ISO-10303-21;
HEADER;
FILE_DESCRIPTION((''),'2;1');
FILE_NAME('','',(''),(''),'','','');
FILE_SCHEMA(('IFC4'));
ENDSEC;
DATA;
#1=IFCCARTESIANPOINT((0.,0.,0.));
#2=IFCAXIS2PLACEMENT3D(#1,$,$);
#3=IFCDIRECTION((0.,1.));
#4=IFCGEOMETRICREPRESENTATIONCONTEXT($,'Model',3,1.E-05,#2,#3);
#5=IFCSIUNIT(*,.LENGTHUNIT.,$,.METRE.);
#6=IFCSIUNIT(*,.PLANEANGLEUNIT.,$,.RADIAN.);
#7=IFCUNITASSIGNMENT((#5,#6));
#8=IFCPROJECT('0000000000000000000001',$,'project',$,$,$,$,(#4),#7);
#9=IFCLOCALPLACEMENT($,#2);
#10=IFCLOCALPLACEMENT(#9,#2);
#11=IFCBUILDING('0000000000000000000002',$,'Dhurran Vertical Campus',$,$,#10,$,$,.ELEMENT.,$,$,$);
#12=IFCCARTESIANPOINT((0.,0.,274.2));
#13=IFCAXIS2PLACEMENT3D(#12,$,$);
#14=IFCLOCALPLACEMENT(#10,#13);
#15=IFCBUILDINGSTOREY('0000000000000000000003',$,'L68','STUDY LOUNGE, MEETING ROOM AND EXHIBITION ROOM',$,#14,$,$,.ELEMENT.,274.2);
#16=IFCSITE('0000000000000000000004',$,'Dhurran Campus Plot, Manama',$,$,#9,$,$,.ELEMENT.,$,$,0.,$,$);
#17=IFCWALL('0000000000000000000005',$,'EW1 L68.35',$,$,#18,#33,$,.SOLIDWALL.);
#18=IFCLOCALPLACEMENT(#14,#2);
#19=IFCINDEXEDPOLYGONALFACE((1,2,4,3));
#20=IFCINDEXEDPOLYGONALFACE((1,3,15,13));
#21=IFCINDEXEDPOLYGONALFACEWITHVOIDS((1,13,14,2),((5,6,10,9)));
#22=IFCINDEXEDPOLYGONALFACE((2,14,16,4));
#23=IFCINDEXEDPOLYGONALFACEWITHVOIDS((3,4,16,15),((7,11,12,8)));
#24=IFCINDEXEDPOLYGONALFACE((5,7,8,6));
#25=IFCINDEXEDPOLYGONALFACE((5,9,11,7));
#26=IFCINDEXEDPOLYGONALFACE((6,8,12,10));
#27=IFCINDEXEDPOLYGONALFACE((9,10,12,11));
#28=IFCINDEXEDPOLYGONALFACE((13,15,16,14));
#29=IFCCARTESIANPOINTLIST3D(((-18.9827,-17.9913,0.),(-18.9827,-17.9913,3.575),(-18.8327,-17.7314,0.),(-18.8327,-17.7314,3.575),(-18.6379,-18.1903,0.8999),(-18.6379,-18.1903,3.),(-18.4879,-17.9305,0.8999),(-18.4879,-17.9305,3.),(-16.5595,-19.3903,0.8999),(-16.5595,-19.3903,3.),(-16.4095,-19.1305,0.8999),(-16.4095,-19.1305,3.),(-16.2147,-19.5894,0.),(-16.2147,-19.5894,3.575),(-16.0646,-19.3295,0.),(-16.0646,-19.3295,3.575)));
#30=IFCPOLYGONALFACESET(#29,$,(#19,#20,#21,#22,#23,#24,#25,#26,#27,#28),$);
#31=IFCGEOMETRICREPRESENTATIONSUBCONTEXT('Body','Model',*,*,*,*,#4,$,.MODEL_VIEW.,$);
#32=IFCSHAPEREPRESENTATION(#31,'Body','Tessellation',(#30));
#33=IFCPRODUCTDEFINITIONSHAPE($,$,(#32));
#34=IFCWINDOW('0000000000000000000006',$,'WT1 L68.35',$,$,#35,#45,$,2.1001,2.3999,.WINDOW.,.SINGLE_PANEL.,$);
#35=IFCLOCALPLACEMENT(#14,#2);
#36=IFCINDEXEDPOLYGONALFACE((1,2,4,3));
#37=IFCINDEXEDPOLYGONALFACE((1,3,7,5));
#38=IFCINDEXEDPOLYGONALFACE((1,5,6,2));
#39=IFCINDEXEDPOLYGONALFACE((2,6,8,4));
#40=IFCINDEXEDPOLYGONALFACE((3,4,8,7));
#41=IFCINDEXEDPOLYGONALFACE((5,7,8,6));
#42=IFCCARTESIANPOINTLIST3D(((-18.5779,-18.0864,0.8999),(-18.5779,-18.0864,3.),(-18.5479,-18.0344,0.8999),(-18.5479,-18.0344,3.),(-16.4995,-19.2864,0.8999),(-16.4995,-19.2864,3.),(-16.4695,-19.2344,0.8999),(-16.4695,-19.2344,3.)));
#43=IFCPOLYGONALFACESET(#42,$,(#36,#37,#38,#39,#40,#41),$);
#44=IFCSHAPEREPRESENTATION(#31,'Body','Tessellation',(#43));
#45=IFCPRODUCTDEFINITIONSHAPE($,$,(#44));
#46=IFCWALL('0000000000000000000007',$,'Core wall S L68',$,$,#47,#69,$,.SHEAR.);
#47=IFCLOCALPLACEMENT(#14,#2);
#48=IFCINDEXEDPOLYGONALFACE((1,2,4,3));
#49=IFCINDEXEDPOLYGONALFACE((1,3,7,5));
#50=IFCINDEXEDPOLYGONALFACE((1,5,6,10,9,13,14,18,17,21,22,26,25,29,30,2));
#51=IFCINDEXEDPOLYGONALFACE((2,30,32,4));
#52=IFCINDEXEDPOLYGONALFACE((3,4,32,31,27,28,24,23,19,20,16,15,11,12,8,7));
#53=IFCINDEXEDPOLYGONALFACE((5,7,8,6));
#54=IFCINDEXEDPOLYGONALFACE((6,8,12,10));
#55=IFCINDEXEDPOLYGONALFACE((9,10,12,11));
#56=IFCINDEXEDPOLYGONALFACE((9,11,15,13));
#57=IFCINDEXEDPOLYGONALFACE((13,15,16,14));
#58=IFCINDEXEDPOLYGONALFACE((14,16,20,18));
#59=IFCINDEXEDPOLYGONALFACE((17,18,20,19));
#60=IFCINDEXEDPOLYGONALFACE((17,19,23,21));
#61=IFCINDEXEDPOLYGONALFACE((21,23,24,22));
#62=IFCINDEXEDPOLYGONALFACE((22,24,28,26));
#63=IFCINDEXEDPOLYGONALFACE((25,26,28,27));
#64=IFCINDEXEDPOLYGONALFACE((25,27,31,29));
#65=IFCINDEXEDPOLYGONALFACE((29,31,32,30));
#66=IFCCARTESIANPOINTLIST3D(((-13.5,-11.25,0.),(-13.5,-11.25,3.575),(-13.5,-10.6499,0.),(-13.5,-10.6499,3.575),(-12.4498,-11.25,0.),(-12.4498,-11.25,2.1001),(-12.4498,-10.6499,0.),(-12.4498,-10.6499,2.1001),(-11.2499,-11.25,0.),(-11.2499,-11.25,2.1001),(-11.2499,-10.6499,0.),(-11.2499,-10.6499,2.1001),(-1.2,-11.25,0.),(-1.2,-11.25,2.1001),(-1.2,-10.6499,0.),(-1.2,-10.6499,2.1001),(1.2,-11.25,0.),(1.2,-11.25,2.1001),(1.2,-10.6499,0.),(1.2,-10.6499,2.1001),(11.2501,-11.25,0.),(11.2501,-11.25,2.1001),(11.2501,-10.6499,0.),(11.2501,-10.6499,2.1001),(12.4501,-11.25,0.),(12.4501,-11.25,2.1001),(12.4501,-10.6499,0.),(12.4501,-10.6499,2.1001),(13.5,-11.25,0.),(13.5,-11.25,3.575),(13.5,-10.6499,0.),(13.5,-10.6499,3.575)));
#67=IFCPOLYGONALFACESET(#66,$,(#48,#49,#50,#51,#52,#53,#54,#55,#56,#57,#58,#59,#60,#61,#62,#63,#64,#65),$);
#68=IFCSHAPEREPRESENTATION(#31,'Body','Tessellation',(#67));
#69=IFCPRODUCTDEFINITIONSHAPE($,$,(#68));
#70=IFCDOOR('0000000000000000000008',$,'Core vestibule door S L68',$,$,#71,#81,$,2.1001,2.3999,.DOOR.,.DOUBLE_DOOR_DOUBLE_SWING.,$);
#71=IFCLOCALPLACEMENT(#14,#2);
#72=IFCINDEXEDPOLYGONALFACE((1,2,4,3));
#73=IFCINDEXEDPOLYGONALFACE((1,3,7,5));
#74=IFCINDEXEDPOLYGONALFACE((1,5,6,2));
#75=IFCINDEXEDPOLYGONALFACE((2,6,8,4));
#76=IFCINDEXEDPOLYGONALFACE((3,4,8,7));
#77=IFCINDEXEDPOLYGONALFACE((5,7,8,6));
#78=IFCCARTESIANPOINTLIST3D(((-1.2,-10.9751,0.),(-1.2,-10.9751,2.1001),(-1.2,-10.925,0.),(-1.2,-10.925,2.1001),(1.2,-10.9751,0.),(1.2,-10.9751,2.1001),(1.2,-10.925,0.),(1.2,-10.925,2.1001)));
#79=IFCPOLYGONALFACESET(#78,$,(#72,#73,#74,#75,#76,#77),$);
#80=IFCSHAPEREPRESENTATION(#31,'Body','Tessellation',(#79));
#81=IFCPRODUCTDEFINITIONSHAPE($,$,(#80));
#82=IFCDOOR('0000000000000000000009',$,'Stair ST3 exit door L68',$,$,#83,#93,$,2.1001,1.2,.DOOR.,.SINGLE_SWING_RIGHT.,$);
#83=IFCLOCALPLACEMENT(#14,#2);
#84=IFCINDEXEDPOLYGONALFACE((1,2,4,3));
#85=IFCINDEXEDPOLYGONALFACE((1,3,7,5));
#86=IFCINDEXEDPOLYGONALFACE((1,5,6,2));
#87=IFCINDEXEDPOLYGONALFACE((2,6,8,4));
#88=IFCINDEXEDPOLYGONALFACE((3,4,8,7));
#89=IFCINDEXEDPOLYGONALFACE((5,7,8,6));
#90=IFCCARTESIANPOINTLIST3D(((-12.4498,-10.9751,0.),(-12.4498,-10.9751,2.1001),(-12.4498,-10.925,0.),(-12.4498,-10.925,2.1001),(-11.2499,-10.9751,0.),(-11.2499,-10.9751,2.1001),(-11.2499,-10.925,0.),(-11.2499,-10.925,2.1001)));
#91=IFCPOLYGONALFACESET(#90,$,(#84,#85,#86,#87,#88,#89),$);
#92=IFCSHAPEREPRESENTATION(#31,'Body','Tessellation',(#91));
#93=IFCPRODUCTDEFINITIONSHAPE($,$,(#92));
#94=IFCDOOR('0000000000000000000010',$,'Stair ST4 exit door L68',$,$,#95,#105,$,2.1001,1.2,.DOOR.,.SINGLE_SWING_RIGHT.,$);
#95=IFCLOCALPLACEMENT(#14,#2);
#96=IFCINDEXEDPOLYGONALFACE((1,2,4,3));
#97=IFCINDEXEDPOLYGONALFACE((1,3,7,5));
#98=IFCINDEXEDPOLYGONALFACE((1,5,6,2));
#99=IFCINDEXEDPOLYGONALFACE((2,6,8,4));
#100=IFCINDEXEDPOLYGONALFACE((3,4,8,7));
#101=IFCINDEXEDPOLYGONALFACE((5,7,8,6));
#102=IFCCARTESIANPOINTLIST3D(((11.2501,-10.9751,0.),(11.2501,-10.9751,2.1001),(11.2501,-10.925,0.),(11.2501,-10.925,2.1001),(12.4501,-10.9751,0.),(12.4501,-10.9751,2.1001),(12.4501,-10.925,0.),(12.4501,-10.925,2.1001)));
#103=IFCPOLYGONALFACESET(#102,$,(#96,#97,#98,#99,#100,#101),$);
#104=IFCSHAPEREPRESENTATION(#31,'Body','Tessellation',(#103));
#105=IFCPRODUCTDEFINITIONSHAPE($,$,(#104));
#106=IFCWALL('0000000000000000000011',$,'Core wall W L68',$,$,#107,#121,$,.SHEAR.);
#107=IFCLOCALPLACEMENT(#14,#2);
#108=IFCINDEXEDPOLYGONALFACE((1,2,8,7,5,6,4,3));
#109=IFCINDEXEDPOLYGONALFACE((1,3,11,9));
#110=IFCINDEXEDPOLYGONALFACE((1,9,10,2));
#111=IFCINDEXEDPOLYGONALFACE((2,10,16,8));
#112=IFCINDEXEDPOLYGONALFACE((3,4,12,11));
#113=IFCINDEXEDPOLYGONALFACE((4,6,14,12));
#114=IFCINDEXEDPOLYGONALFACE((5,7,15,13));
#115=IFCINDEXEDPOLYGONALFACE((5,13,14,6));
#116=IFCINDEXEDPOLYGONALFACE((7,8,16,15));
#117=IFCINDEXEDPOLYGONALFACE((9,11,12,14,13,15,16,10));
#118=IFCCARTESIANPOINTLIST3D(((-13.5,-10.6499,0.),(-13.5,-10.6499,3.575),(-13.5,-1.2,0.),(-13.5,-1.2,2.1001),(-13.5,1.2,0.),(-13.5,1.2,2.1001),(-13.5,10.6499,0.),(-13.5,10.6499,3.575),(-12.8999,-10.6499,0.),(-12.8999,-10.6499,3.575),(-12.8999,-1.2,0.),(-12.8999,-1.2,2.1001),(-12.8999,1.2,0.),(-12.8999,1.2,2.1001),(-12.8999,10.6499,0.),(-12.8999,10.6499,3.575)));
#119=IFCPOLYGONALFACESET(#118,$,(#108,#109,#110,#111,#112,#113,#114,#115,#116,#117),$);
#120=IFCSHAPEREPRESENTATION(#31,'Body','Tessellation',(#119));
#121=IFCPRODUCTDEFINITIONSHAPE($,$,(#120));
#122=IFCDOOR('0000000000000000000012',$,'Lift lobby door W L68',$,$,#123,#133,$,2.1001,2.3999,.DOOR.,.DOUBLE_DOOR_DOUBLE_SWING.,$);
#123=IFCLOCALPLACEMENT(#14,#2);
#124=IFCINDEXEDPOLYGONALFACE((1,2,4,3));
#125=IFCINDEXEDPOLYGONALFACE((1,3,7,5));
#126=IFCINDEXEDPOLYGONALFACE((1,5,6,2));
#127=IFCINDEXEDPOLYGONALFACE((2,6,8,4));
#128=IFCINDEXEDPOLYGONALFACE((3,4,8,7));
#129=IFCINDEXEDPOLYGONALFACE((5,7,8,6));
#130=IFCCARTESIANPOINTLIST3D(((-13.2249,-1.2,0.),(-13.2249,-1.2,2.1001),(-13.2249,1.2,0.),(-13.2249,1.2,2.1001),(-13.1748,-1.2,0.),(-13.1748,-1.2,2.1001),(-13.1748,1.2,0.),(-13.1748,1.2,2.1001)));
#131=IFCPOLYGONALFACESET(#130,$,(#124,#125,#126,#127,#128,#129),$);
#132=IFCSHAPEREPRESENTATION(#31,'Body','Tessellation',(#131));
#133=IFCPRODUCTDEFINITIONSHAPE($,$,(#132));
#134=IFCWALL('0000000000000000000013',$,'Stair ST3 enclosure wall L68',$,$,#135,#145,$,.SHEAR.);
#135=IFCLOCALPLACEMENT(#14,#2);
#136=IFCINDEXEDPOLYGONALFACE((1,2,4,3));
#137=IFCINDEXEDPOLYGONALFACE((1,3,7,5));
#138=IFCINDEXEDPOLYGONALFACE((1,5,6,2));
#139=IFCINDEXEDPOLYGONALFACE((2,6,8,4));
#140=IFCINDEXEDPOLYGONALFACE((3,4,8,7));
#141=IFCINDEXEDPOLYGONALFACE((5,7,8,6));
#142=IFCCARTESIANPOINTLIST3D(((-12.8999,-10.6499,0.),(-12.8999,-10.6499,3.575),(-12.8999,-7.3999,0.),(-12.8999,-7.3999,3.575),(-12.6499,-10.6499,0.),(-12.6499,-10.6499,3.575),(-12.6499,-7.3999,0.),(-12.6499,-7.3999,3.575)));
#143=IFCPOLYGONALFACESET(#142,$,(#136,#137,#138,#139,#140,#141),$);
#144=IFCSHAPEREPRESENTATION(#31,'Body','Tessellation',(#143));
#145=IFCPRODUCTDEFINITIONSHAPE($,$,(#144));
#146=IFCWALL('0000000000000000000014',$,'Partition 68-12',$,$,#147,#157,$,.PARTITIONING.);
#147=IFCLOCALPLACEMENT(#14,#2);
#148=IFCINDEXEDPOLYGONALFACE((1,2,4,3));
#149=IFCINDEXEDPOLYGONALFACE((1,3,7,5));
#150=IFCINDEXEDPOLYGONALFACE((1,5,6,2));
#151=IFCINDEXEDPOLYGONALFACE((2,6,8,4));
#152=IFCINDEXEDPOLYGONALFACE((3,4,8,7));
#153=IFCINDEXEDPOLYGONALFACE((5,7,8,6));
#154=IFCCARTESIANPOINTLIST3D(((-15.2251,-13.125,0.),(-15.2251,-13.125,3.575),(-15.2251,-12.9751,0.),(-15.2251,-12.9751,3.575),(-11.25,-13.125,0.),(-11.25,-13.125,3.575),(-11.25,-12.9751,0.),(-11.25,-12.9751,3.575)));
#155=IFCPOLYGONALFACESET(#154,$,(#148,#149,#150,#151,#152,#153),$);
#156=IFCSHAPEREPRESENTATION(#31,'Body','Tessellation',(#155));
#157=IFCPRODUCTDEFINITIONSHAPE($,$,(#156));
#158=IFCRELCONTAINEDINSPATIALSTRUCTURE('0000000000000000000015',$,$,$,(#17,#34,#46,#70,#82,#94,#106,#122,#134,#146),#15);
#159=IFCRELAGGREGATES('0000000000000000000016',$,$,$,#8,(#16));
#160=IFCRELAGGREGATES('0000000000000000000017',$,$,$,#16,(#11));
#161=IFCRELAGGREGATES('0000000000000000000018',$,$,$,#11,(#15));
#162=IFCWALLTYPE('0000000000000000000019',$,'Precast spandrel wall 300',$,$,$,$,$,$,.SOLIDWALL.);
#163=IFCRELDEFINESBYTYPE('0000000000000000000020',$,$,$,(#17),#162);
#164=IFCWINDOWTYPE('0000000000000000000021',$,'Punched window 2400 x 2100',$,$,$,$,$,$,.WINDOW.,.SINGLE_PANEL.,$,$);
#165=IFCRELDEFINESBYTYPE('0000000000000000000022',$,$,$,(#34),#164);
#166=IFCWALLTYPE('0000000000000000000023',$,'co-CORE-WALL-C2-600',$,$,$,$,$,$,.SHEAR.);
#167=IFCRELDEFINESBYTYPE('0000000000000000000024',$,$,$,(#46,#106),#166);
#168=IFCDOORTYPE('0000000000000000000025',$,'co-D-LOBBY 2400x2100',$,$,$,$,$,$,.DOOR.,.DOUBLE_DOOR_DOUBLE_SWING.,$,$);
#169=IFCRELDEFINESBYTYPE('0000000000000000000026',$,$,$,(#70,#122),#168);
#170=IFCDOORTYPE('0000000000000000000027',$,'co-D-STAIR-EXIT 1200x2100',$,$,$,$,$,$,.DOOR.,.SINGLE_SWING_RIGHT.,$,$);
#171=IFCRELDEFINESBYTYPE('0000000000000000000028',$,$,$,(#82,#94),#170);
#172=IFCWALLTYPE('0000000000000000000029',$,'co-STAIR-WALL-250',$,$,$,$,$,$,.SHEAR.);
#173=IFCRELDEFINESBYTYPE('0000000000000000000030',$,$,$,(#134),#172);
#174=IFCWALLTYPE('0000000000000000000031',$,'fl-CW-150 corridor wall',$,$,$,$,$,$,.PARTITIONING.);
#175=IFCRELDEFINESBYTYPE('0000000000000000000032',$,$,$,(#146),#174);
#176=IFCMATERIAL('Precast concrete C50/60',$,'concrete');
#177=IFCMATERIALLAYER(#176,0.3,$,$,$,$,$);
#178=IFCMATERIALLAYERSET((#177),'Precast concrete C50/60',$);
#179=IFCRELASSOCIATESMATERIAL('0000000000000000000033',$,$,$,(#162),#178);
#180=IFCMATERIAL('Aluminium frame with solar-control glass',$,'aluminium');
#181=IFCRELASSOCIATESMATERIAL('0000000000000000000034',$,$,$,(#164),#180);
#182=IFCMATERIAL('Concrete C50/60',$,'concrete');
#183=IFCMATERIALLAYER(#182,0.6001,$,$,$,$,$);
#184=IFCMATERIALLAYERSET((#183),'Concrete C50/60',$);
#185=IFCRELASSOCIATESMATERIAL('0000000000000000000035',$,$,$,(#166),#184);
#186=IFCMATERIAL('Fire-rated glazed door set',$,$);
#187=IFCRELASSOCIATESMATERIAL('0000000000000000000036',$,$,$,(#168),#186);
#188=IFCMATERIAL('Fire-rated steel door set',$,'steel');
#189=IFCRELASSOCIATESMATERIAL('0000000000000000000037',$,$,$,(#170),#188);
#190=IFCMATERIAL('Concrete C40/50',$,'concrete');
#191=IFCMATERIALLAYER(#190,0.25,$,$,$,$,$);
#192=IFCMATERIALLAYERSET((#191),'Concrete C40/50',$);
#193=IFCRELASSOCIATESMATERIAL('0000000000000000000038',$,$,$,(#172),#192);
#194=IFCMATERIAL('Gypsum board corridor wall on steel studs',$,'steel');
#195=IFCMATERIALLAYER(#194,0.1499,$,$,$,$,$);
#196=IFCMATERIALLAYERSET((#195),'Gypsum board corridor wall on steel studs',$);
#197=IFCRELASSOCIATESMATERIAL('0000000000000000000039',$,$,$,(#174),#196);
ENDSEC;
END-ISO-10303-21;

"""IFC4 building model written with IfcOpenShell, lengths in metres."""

from ifc_helpers import new_model, si_unit, direction, frame, frame_2d, origin, place, context, subcontext, project, spatial, rectangle, extrude, material, layer, layer_set, type_object, element, fill, save


model = new_model("IFC4")

# Units and contexts
model_context = context("Model", 3, precision=1e-05, world=origin(), true_north=direction((0.0, 1.0)))
body_context = subcontext(model_context, "Body", "Model", "MODEL_VIEW")
ifc_project = project(units=[si_unit("LENGTHUNIT", "METRE"), si_unit("PLANEANGLEUNIT", "RADIAN")], contexts=[model_context])

# Site, building, storey
site_placement = place(None, origin())
site = spatial("IfcSite", under=ifc_project, at=site_placement, Name="Dhurran Campus Plot, Manama", CompositionType="ELEMENT", RefElevation=0.0)
building_placement = place(site_placement, origin())
building = spatial("IfcBuilding", under=site, at=building_placement, Name="Dhurran Vertical Campus", CompositionType="ELEMENT")
storey_placement = place(building_placement, frame((0.0, 0.0, 274.2)))
storey = spatial("IfcBuildingStorey", under=building, at=storey_placement, Name="L68", Description="STUDY LOUNGE, MEETING ROOM AND EXHIBITION ROOM", CompositionType="ELEMENT", Elevation=274.2)

# Wall, opening, window
ifc_material_1 = material(Name="Precast concrete C50/60", Category="concrete")
ifc_layer_1 = layer(ifc_material_1, 0.3)
ifc_layer_set_1 = layer_set([ifc_layer_1], Name="Precast concrete C50/60")
wall_type_1 = type_object("IfcWallType", Name="Precast spandrel wall 300", PredefinedType="SOLIDWALL", material=ifc_layer_set_1)
ifc_material_2 = material(Name="Aluminium frame with solar-control glass", Category="aluminium")
window_type = type_object("IfcWindowType", Name="Punched window 2400 x 2100", PartitioningType="SINGLE_PANEL", PredefinedType="WINDOW", material=ifc_material_2)
wall_1_placement = place(storey_placement, frame((-18.9077, -17.8613, 0.0), z_axis=(0.0, 0.0, 1.0), x_axis=(0.866025, -0.5, 0.0)))
wall_1 = element("IfcWall", 1, at=wall_1_placement, inside=storey, type_object=wall_type_1, Name="EW1 L68.35", PredefinedType="SOLIDWALL", context=body_context, shape_type="SweptSolid", body=[
    extrude(rectangle(XDim=3.1963, YDim=0.3, at=frame_2d((1.5981, 0.0))), origin(), (0.0, 0.0, 1.0), 3.575),
])
opening_1_placement = place(wall_1_placement, frame((0.3982, 0.0, 0.8999)))
opening_1 = element("IfcOpeningElement", 2, at=opening_1_placement, cuts=wall_1, PredefinedType="OPENING", context=body_context, shape_type="SweptSolid", body=[
    extrude(rectangle(XDim=2.3999, YDim=2.1001, at=frame_2d((1.2, 1.05))), frame((0.0, 0.1599, 0.0), z_axis=(0.0, -1.0, 0.0), x_axis=(1.0, 0.0, 0.0)), (0.0, 0.0, 1.0), 0.3201),
])
window_1_placement = place(opening_1_placement, origin())
window_1 = element("IfcWindow", 3, at=window_1_placement, inside=storey, type_object=window_type, Name="WT1 L68.35", OverallHeight=2.1001, OverallWidth=2.3999, PartitioningType="SINGLE_PANEL", PredefinedType="WINDOW", context=body_context, shape_type="SweptSolid", body=[
    extrude(rectangle(XDim=2.3999, YDim=2.1001, at=frame_2d((1.2, 1.05))), frame((0.0, 0.03, 0.0), z_axis=(0.0, -1.0, 0.0), x_axis=(1.0, 0.0, 0.0)), (0.0, 0.0, 1.0), 0.0601),
])
fill(opening_1, window_1)

# Wall, openings, doors
ifc_material_3 = material(Name="Concrete C50/60", Category="concrete")
ifc_layer_2 = layer(ifc_material_3, 0.6001)
ifc_layer_set_2 = layer_set([ifc_layer_2], Name="Concrete C50/60")
wall_type_2 = type_object("IfcWallType", Name="co-CORE-WALL-C2-600", PredefinedType="SHEAR", material=ifc_layer_set_2)
wall_2_placement = place(storey_placement, frame((-13.5, -10.95, 0.0), z_axis=(0.0, 0.0, 1.0), x_axis=(1.0, 0.0, 0.0)))
wall_2 = element("IfcWall", 4, at=wall_2_placement, inside=storey, type_object=wall_type_2, Name="Core wall S L68", PredefinedType="SHEAR", context=body_context, shape_type="SweptSolid", body=[
    extrude(rectangle(XDim=27.0, YDim=0.6001, at=frame_2d((13.5, 0.0))), origin(), (0.0, 0.0, 1.0), 3.575),
])
opening_2_placement = place(wall_2_placement, frame((12.3, 0.0, 0.0)))
opening_2 = element("IfcOpeningElement", 5, at=opening_2_placement, cuts=wall_2, PredefinedType="OPENING", context=body_context, shape_type="SweptSolid", body=[
    extrude(rectangle(XDim=2.3999, YDim=2.1001, at=frame_2d((1.2, 1.05))), frame((0.0, 0.3101, 0.0), z_axis=(0.0, -1.0, 0.0), x_axis=(1.0, 0.0, 0.0)), (0.0, 0.0, 1.0), 0.6201),
])
opening_3_placement = place(wall_2_placement, frame((1.05, 0.0, 0.0)))
opening_3 = element("IfcOpeningElement", 6, at=opening_3_placement, cuts=wall_2, PredefinedType="OPENING", context=body_context, shape_type="SweptSolid", body=[
    extrude(rectangle(XDim=1.2, YDim=2.1001, at=frame_2d((0.6001, 1.05))), frame((0.0, 0.3101, 0.0), z_axis=(0.0, -1.0, 0.0), x_axis=(1.0, 0.0, 0.0)), (0.0, 0.0, 1.0), 0.6201),
])
opening_4_placement = place(wall_2_placement, frame((24.75, 0.0, 0.0)))
opening_4 = element("IfcOpeningElement", 7, at=opening_4_placement, cuts=wall_2, PredefinedType="OPENING", context=body_context, shape_type="SweptSolid", body=[
    extrude(rectangle(XDim=1.2, YDim=2.1001, at=frame_2d((0.6001, 1.05))), frame((0.0, 0.3101, 0.0), z_axis=(0.0, -1.0, 0.0), x_axis=(1.0, 0.0, 0.0)), (0.0, 0.0, 1.0), 0.6201),
])
ifc_material_4 = material(Name="Fire-rated glazed door set")
door_type_1 = type_object("IfcDoorType", Name="co-D-LOBBY 2400x2100", OperationType="DOUBLE_DOOR_DOUBLE_SWING", PredefinedType="DOOR", material=ifc_material_4)
door_1_placement = place(opening_2_placement, origin())
door_1 = element("IfcDoor", 8, at=door_1_placement, inside=storey, type_object=door_type_1, Name="Core vestibule door S L68", OperationType="DOUBLE_DOOR_DOUBLE_SWING", OverallHeight=2.1001, OverallWidth=2.3999, PredefinedType="DOOR", context=body_context, shape_type="SweptSolid", body=[
    extrude(rectangle(XDim=2.3999, YDim=2.1001, at=frame_2d((1.2, 1.05))), frame((0.0, 0.0249, 0.0), z_axis=(0.0, -1.0, 0.0), x_axis=(1.0, 0.0, 0.0)), (0.0, 0.0, 1.0), 0.05),
])
fill(opening_2, door_1)
ifc_material_5 = material(Name="Fire-rated steel door set", Category="steel")
door_type_2 = type_object("IfcDoorType", Name="co-D-STAIR-EXIT 1200x2100", OperationType="SINGLE_SWING_RIGHT", PredefinedType="DOOR", material=ifc_material_5)
door_2_placement = place(opening_3_placement, origin())
door_2 = element("IfcDoor", 9, at=door_2_placement, inside=storey, type_object=door_type_2, Name="Stair ST3 exit door L68", OperationType="SINGLE_SWING_RIGHT", OverallHeight=2.1001, OverallWidth=1.2, PredefinedType="DOOR", context=body_context, shape_type="SweptSolid", body=[
    extrude(rectangle(XDim=1.2, YDim=2.1001, at=frame_2d((0.6001, 1.05))), frame((0.0, 0.0249, 0.0), z_axis=(0.0, -1.0, 0.0), x_axis=(1.0, 0.0, 0.0)), (0.0, 0.0, 1.0), 0.05),
])
fill(opening_3, door_2)
door_3_placement = place(opening_4_placement, origin())
door_3 = element("IfcDoor", 10, at=door_3_placement, inside=storey, type_object=door_type_2, Name="Stair ST4 exit door L68", OperationType="SINGLE_SWING_RIGHT", OverallHeight=2.1001, OverallWidth=1.2, PredefinedType="DOOR", context=body_context, shape_type="SweptSolid", body=[
    extrude(rectangle(XDim=1.2, YDim=2.1001, at=frame_2d((0.6001, 1.05))), frame((0.0, 0.0249, 0.0), z_axis=(0.0, -1.0, 0.0), x_axis=(1.0, 0.0, 0.0)), (0.0, 0.0, 1.0), 0.05),
])
fill(opening_4, door_3)

# Wall, opening, door
wall_3_placement = place(storey_placement, frame((-13.2, -10.6499, 0.0), z_axis=(0.0, 0.0, 1.0), x_axis=(0.0, 1.0, 0.0)))
wall_3 = element("IfcWall", 11, at=wall_3_placement, inside=storey, type_object=wall_type_2, Name="Core wall W L68", PredefinedType="SHEAR", context=body_context, shape_type="SweptSolid", body=[
    extrude(rectangle(XDim=21.2998, YDim=0.6001, at=frame_2d((10.6499, 0.0))), origin(), (0.0, 0.0, 1.0), 3.575),
])
opening_5_placement = place(wall_3_placement, frame((9.45, 0.0, 0.0)))
opening_5 = element("IfcOpeningElement", 12, at=opening_5_placement, cuts=wall_3, PredefinedType="OPENING", context=body_context, shape_type="SweptSolid", body=[
    extrude(rectangle(XDim=2.3999, YDim=2.1001, at=frame_2d((1.2, 1.05))), frame((0.0, 0.3101, 0.0), z_axis=(0.0, -1.0, 0.0), x_axis=(1.0, 0.0, 0.0)), (0.0, 0.0, 1.0), 0.6201),
])
door_4_placement = place(opening_5_placement, origin())
door_4 = element("IfcDoor", 13, at=door_4_placement, inside=storey, type_object=door_type_1, Name="Lift lobby door W L68", OperationType="DOUBLE_DOOR_DOUBLE_SWING", OverallHeight=2.1001, OverallWidth=2.3999, PredefinedType="DOOR", context=body_context, shape_type="SweptSolid", body=[
    extrude(rectangle(XDim=2.3999, YDim=2.1001, at=frame_2d((1.2, 1.05))), frame((0.0, 0.0249, 0.0), z_axis=(0.0, -1.0, 0.0), x_axis=(1.0, 0.0, 0.0)), (0.0, 0.0, 1.0), 0.05),
])
fill(opening_5, door_4)

# Walls
ifc_material_6 = material(Name="Concrete C40/50", Category="concrete")
ifc_layer_3 = layer(ifc_material_6, 0.25)
ifc_layer_set_3 = layer_set([ifc_layer_3], Name="Concrete C40/50")
wall_type_3 = type_object("IfcWallType", Name="co-STAIR-WALL-250", PredefinedType="SHEAR", material=ifc_layer_set_3)
wall_4_placement = place(storey_placement, frame((-12.7749, -10.6499, 0.0), z_axis=(0.0, 0.0, 1.0), x_axis=(0.0, 1.0, 0.0)))
element("IfcWall", 14, at=wall_4_placement, inside=storey, type_object=wall_type_3, Name="Stair ST3 enclosure wall L68", PredefinedType="SHEAR", context=body_context, shape_type="SweptSolid", body=[
    extrude(rectangle(XDim=3.25, YDim=0.25, at=frame_2d((1.625, 0.0))), origin(), (0.0, 0.0, 1.0), 3.575),
])
ifc_material_7 = material(Name="Gypsum board corridor wall on steel studs", Category="steel")
ifc_layer_4 = layer(ifc_material_7, 0.1499)
ifc_layer_set_4 = layer_set([ifc_layer_4], Name="Gypsum board corridor wall on steel studs")
wall_type_4 = type_object("IfcWallType", Name="fl-CW-150 corridor wall", PredefinedType="PARTITIONING", material=ifc_layer_set_4)
wall_5_placement = place(storey_placement, frame((-15.2251, -13.05, 0.0), z_axis=(0.0, 0.0, 1.0), x_axis=(1.0, 0.0, 0.0)))
element("IfcWall", 15, at=wall_5_placement, inside=storey, type_object=wall_type_4, Name="Partition 68-12", PredefinedType="PARTITIONING", context=body_context, shape_type="SweptSolid", body=[
    extrude(rectangle(XDim=3.9751, YDim=0.1499, at=frame_2d((1.9875, 0.0))), origin(), (0.0, 0.0, 1.0), 3.575),
])

save(model, "model.ifc")
